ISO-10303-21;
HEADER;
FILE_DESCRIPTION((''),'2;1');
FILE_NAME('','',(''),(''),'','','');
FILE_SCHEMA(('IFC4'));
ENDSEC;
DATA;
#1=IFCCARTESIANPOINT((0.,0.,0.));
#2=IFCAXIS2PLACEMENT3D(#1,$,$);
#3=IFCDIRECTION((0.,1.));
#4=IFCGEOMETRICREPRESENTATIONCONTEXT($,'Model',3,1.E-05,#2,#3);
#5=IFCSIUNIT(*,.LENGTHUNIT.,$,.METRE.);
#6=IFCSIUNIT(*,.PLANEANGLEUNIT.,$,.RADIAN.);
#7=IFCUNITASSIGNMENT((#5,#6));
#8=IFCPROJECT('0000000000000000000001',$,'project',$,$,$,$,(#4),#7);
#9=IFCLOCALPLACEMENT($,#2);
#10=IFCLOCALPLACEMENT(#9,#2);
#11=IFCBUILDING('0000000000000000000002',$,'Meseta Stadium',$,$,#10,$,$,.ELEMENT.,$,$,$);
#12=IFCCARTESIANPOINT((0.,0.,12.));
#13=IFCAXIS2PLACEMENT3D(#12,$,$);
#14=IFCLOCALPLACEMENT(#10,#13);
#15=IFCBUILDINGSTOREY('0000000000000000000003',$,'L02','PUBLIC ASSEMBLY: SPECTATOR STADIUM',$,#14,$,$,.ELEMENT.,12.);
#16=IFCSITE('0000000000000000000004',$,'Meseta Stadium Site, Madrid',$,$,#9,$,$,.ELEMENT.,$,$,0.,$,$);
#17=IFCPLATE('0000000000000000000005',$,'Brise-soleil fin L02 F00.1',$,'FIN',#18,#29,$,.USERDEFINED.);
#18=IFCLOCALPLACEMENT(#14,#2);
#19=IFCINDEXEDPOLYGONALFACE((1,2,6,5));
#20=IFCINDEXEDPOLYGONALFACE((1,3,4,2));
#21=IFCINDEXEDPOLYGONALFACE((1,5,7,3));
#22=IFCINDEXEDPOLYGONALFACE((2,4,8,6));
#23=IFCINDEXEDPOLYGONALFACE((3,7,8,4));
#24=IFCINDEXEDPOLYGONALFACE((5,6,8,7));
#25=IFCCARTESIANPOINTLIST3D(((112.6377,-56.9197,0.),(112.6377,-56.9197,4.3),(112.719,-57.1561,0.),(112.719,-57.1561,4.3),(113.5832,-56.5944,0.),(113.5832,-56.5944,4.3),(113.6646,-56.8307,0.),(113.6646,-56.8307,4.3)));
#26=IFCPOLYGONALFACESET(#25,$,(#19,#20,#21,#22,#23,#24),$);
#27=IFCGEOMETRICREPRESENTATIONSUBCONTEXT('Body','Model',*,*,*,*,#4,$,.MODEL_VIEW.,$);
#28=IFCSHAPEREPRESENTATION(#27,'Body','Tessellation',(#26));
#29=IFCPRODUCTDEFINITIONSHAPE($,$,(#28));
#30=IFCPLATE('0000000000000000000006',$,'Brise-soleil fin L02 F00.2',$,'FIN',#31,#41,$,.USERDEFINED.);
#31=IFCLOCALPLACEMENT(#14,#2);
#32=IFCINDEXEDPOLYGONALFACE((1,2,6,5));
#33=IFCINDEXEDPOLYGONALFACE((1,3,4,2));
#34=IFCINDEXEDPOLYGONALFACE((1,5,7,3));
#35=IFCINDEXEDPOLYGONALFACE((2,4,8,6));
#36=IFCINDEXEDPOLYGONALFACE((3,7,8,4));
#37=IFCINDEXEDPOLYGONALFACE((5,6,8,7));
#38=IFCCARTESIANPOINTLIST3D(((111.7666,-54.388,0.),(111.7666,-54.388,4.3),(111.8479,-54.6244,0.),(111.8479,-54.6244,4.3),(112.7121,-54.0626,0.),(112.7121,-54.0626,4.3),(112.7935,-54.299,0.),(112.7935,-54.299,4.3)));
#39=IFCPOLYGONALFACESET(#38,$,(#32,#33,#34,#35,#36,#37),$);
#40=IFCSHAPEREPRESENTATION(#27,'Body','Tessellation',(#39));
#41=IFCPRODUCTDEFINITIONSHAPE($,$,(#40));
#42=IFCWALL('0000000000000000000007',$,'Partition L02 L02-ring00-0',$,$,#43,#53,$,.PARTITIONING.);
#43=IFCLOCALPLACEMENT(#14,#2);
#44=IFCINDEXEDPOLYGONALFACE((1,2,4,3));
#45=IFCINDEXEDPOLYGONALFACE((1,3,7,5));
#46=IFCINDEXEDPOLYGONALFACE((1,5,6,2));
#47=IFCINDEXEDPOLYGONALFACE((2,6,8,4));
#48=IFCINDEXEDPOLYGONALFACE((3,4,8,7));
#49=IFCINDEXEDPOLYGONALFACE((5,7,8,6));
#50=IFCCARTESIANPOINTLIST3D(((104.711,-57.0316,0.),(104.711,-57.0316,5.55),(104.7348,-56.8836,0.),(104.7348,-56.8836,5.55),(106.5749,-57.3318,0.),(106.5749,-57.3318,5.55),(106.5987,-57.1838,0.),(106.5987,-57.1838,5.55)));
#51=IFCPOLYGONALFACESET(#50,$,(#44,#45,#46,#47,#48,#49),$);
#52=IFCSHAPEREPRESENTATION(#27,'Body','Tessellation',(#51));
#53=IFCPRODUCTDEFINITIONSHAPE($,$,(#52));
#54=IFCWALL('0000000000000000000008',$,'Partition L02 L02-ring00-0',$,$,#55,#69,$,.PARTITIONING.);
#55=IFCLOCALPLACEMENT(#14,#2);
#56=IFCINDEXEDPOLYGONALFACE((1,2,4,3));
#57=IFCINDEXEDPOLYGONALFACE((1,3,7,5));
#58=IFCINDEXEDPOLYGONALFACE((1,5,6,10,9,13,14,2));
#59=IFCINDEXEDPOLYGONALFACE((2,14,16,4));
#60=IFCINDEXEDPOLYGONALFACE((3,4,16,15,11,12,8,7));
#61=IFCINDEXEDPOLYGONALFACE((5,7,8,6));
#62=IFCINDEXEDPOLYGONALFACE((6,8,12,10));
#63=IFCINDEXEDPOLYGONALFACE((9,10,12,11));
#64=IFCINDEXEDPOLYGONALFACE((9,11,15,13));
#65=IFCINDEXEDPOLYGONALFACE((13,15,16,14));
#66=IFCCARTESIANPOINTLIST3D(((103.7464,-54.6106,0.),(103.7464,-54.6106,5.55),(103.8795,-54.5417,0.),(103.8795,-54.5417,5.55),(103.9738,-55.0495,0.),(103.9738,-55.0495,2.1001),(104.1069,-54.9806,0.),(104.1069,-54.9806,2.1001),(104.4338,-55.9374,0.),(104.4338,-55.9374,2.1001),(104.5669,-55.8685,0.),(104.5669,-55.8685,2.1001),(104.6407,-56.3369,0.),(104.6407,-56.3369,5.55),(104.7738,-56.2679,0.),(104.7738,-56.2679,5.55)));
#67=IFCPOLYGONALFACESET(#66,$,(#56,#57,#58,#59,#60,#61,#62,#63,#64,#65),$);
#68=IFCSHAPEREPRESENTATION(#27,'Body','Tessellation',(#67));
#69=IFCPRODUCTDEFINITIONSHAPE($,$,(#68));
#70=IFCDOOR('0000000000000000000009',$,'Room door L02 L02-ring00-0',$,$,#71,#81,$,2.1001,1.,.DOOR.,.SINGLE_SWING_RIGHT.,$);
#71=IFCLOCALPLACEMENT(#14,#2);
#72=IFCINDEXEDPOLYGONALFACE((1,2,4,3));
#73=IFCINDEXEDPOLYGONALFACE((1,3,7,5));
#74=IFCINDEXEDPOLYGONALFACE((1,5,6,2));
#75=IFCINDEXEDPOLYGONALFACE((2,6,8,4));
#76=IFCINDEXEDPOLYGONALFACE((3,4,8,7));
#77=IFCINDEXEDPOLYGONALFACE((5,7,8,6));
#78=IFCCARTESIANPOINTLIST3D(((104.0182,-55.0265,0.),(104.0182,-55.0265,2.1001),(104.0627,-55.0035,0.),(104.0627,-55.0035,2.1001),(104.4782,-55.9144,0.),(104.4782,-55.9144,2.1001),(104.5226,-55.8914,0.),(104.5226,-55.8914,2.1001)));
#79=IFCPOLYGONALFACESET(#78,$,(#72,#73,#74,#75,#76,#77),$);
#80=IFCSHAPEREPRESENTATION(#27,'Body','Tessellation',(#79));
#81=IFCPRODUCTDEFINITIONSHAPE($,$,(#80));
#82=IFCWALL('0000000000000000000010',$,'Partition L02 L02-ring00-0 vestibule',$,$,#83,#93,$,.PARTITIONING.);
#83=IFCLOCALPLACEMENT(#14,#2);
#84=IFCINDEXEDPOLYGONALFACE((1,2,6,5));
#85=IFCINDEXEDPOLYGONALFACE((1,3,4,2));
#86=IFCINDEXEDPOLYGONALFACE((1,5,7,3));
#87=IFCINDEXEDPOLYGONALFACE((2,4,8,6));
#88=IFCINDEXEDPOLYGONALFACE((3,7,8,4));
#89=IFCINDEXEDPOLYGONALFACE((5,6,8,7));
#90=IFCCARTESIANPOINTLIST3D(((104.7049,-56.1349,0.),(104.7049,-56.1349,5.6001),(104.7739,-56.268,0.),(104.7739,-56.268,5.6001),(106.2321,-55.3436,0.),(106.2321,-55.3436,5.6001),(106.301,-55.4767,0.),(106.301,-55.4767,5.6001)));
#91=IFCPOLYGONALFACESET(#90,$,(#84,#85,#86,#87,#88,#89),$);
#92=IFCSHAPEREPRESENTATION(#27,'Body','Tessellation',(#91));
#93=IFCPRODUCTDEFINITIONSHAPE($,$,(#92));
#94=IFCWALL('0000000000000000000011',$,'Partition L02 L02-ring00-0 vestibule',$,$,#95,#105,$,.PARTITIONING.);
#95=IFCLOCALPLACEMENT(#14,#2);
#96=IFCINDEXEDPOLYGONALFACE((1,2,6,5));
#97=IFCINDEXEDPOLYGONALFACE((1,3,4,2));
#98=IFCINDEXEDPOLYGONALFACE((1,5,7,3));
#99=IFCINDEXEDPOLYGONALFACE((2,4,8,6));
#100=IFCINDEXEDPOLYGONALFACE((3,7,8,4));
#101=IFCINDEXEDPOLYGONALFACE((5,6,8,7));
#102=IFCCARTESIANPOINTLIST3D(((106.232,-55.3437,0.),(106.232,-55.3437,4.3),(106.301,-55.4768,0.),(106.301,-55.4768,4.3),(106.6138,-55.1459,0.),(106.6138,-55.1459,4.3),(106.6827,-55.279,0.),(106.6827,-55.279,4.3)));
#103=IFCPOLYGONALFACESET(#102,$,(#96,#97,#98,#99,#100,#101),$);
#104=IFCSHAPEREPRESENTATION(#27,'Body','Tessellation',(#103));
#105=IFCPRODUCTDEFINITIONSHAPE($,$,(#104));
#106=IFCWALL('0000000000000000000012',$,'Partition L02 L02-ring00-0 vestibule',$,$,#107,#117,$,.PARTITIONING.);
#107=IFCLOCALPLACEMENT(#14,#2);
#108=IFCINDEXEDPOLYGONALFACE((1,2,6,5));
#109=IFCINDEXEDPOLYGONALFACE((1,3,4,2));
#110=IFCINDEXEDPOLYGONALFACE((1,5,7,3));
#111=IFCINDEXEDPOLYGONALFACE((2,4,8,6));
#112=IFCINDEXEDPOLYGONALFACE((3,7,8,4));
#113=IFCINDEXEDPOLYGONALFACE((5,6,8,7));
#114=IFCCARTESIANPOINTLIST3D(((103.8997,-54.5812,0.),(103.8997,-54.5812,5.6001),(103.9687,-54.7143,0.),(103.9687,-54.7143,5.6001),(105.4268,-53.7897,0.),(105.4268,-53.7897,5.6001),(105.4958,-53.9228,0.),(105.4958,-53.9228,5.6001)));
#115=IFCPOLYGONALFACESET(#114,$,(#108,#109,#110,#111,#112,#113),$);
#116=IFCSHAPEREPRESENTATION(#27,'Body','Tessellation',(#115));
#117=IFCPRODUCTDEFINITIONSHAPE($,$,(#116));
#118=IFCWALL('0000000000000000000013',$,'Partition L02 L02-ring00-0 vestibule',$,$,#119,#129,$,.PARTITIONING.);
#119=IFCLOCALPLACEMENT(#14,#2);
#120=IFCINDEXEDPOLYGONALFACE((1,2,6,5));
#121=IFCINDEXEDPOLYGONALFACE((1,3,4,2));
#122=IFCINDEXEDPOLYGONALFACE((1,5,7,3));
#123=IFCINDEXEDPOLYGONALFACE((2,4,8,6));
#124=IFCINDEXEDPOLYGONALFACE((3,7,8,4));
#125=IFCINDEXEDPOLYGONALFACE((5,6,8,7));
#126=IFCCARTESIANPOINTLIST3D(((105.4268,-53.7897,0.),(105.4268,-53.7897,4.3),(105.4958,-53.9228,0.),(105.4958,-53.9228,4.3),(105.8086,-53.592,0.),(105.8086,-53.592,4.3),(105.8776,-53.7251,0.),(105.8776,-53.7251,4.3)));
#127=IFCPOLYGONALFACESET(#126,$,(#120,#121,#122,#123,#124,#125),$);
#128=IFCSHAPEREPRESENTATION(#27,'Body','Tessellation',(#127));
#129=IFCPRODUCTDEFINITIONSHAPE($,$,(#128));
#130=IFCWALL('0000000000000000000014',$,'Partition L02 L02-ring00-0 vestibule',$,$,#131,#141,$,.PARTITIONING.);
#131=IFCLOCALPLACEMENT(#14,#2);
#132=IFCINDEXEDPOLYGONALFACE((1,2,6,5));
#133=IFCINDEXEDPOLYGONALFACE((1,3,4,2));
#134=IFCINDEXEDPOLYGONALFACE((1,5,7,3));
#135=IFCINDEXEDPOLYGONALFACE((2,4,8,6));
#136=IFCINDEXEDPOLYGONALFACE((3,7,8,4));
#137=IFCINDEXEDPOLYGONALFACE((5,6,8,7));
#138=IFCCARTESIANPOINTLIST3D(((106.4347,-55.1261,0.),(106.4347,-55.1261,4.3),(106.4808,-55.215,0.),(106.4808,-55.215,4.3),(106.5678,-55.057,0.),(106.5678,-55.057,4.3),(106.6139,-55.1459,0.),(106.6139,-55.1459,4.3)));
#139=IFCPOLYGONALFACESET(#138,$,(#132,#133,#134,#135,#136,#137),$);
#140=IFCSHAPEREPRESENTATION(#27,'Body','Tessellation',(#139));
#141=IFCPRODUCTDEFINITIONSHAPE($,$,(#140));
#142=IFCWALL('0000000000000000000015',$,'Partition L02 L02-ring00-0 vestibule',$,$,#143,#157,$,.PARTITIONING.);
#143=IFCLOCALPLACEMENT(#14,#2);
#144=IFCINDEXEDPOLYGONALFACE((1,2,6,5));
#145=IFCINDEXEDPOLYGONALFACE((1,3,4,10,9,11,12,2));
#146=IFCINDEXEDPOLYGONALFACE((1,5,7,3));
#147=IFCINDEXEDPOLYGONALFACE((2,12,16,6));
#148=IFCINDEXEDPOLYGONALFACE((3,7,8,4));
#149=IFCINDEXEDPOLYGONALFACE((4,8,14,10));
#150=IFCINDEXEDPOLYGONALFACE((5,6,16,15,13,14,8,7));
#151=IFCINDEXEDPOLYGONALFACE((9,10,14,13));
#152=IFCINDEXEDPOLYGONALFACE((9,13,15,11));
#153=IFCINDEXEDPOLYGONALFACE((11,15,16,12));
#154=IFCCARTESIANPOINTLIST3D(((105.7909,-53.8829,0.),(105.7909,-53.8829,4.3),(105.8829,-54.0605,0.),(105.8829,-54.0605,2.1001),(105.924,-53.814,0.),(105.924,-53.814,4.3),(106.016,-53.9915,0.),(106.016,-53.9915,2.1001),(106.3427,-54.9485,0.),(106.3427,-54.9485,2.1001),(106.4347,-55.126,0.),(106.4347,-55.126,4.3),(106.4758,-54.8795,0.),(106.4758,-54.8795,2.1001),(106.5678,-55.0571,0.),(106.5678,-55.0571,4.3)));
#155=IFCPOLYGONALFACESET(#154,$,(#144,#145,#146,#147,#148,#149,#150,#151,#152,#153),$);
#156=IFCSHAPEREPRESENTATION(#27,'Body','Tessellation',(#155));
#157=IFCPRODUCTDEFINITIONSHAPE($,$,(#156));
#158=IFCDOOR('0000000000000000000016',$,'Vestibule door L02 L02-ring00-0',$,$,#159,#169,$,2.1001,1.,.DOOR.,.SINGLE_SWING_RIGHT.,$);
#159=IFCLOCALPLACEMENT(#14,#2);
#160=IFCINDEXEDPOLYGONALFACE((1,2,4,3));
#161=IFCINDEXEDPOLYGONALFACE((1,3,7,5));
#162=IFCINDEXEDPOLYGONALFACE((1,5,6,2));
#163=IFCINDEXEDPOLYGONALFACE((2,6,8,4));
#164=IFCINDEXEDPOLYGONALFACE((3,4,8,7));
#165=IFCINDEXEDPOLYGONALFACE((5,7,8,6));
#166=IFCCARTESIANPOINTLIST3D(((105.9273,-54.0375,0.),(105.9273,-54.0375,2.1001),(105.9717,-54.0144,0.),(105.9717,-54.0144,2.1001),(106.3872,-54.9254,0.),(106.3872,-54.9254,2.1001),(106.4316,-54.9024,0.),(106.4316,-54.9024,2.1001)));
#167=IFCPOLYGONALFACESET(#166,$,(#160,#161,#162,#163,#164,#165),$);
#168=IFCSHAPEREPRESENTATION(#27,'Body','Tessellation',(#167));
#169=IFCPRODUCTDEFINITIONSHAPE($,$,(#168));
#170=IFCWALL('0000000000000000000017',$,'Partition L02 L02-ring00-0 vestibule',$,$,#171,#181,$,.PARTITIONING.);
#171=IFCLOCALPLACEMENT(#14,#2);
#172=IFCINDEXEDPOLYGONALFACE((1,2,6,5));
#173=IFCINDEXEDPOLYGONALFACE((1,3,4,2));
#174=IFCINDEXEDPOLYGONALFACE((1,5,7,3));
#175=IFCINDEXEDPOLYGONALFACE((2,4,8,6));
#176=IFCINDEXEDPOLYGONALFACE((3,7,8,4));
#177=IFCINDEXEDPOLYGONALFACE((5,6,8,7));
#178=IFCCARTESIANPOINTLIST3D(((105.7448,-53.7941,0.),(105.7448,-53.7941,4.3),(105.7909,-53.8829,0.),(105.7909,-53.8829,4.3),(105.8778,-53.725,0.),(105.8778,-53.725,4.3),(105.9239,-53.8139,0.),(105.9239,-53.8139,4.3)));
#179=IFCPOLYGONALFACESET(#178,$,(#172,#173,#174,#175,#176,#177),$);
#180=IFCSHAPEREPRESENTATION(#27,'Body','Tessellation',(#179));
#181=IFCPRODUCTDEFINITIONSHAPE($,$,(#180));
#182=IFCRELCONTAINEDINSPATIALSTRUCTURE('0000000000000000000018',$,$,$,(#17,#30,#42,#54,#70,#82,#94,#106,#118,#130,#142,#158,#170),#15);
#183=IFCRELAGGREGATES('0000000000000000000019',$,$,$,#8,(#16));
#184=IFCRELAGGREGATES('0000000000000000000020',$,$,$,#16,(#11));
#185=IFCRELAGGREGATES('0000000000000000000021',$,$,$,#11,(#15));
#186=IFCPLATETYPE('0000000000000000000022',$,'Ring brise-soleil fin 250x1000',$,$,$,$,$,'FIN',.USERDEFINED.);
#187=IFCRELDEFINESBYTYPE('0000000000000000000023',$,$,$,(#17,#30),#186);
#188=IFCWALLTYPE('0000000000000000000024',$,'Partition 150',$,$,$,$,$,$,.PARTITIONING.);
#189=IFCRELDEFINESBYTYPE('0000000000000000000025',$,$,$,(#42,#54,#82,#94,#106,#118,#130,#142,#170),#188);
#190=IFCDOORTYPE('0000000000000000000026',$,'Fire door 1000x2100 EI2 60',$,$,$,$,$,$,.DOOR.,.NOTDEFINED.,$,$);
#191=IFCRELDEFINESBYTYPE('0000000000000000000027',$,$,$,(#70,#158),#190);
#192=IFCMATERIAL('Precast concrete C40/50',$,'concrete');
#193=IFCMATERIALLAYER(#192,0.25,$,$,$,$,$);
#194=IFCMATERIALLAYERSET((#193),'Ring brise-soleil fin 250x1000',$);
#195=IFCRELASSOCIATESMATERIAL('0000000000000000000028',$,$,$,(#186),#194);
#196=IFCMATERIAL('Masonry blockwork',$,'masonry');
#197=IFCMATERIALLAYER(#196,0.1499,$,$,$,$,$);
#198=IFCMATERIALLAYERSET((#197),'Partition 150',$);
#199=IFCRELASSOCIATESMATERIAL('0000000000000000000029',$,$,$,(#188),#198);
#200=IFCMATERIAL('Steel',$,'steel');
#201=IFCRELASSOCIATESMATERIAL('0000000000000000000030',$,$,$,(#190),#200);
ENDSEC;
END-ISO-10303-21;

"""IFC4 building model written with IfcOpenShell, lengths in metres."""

from ifc_helpers import new_model, si_unit, direction, frame, frame_2d, origin, origin_2d, place, context, subcontext, project, spatial, rectangle, extrude, material, layer, layer_set, type_object, element, fill, save


model = new_model("IFC4")

# Units and contexts
model_context = context("Model", 3, precision=1e-05, world=origin(), true_north=direction((0.0, 1.0)))
body_context = subcontext(model_context, "Body", "Model", "MODEL_VIEW")
ifc_project = project(units=[si_unit("LENGTHUNIT", "METRE"), si_unit("PLANEANGLEUNIT", "RADIAN")], contexts=[model_context])

# Site, building, storey
site_placement = place(None, origin())
site = spatial("IfcSite", under=ifc_project, at=site_placement, Name="Meseta Stadium Site, Madrid", CompositionType="ELEMENT", RefElevation=0.0)
building_placement = place(site_placement, origin())
building = spatial("IfcBuilding", under=site, at=building_placement, Name="Meseta Stadium", CompositionType="ELEMENT")
storey_placement = place(building_placement, frame((0.0, 0.0, 12.0)))
storey = spatial("IfcBuildingStorey", under=building, at=storey_placement, Name="L02", Description="PUBLIC ASSEMBLY: SPECTATOR STADIUM", CompositionType="ELEMENT", Elevation=12.0)

# Plates
ifc_material_1 = material(Name="Precast concrete C40/50", Category="concrete")
ifc_layer_1 = layer(ifc_material_1, 0.25)
ifc_layer_set_1 = layer_set([ifc_layer_1], Name="Ring brise-soleil fin 250x1000")
plate_type_1 = type_object("IfcPlateType", Name="Ring brise-soleil fin 250x1000", ElementType="FIN", PredefinedType="USERDEFINED", material=ifc_layer_set_1)
for number, where, z_axis, x_axis, name in (
    (1, (113.1511, -56.8752, 0.0), (0.0, 0.0, 1.0), (-0.325393, 0.945579, 0.0), "Brise-soleil fin L02 F00.1"),
    (2, (112.28, -54.3435, 0.0), (0.0, 0.0, 1.0), (-0.325393, 0.945579, 0.0), "Brise-soleil fin L02 F00.2"),
):
    element("IfcPlate", number, at=place(storey_placement, frame(where, z_axis=z_axis, x_axis=x_axis)), inside=storey, type_object=plate_type_1, Name=name, ObjectType="FIN", PredefinedType="USERDEFINED", context=body_context, shape_type="SweptSolid", body=[
        extrude(rectangle(XDim=0.25, YDim=1.0, at=origin_2d()), origin(), (0.0, 0.0, 1.0), 4.3),
    ])

# Wall
ifc_material_2 = material(Name="Masonry blockwork", Category="masonry")
ifc_layer_2 = layer(ifc_material_2, 0.1499)
ifc_layer_set_2 = layer_set([ifc_layer_2], Name="Partition 150")
wall_type = type_object("IfcWallType", Name="Partition 150", PredefinedType="PARTITIONING", material=ifc_layer_set_2)
wall_1_placement = place(storey_placement, frame((106.5867, -57.2578, 0.0), z_axis=(0.0, 0.0, 1.0), x_axis=(-0.987271, 0.159049, 0.0)))
element("IfcWall", 3, at=wall_1_placement, inside=storey, type_object=wall_type, Name="Partition L02 L02-ring00-0", PredefinedType="PARTITIONING", context=body_context, shape_type="SweptSolid", body=[
    extrude(rectangle(XDim=1.8879, YDim=0.1499, at=frame_2d((0.9438, 0.0))), origin(), (0.0, 0.0, 1.0), 5.55),
])

# Wall, opening, door
wall_2_placement = place(storey_placement, frame((104.7073, -56.3025, 0.0), z_axis=(0.0, 0.0, 1.0), x_axis=(-0.459976, 0.887931, 0.0)))
wall_2 = element("IfcWall", 4, at=wall_2_placement, inside=storey, type_object=wall_type, Name="Partition L02 L02-ring00-0", PredefinedType="PARTITIONING", context=body_context, shape_type="SweptSolid", body=[
    extrude(rectangle(XDim=1.9441, YDim=0.1499, at=frame_2d((0.9722, 0.0))), origin(), (0.0, 0.0, 1.0), 5.55),
])
opening_1_placement = place(wall_2_placement, frame((0.45, 0.0, 0.0)))
opening_1 = element("IfcOpeningElement", 5, at=opening_1_placement, cuts=wall_2, PredefinedType="OPENING", context=body_context, shape_type="SweptSolid", body=[
    extrude(rectangle(XDim=1.0, YDim=2.1001, at=frame_2d((0.5, 1.05))), frame((0.0, 0.085, 0.0), z_axis=(0.0, -1.0, 0.0), x_axis=(1.0, 0.0, 0.0)), (0.0, 0.0, 1.0), 0.1699),
])
ifc_material_3 = material(Name="Steel", Category="steel")
door_type = type_object("IfcDoorType", Name="Fire door 1000x2100 EI2 60", OperationType="NOTDEFINED", PredefinedType="DOOR", material=ifc_material_3)
door_1_placement = place(opening_1_placement, origin())
door_1 = element("IfcDoor", 6, at=door_1_placement, inside=storey, type_object=door_type, Name="Room door L02 L02-ring00-0", OperationType="SINGLE_SWING_RIGHT", OverallHeight=2.1001, OverallWidth=1.0, PredefinedType="DOOR", context=body_context, shape_type="SweptSolid", body=[
    extrude(rectangle(XDim=1.0, YDim=2.1001, at=frame_2d((0.5, 1.05))), frame((0.0, 0.0249, 0.0), z_axis=(0.0, -1.0, 0.0), x_axis=(1.0, 0.0, 0.0)), (0.0, 0.0, 1.0), 0.05),
])
fill(opening_1, door_1)

# Walls
wall_3_placement = place(storey_placement, frame((104.7395, -56.2014, 0.0), z_axis=(0.0, 0.0, 1.0), x_axis=(0.88789, 0.460056, 0.0)))
element("IfcWall", 7, at=wall_3_placement, inside=storey, type_object=wall_type, Name="Partition L02 L02-ring00-0 vestibule", PredefinedType="PARTITIONING", context=body_context, shape_type="SweptSolid", body=[
    extrude(rectangle(XDim=1.72, YDim=0.1499, at=frame_2d((0.8599, 0.0))), origin(), (0.0, 0.0, 1.0), 5.6001),
])
wall_4_placement = place(storey_placement, frame((106.2666, -55.4102, 0.0), z_axis=(0.0, 0.0, 1.0), x_axis=(0.887978, 0.459886, 0.0)))
element("IfcWall", 8, at=wall_4_placement, inside=storey, type_object=wall_type, Name="Partition L02 L02-ring00-0 vestibule", PredefinedType="PARTITIONING", context=body_context, shape_type="SweptSolid", body=[
    extrude(rectangle(XDim=0.4299, YDim=0.1499, at=frame_2d((0.2148, 0.0))), origin(), (0.0, 0.0, 1.0), 4.3),
])
wall_5_placement = place(storey_placement, frame((103.9343, -54.6477, 0.0), z_axis=(0.0, 0.0, 1.0), x_axis=(0.887832, 0.460168, 0.0)))
element("IfcWall", 9, at=wall_5_placement, inside=storey, type_object=wall_type, Name="Partition L02 L02-ring00-0 vestibule", PredefinedType="PARTITIONING", context=body_context, shape_type="SweptSolid", body=[
    extrude(rectangle(XDim=1.72, YDim=0.1499, at=frame_2d((0.8599, 0.0))), origin(), (0.0, 0.0, 1.0), 5.6001),
])
wall_6_placement = place(storey_placement, frame((105.4614, -53.8562, 0.0), z_axis=(0.0, 0.0, 1.0), x_axis=(0.887978, 0.459886, 0.0)))
element("IfcWall", 10, at=wall_6_placement, inside=storey, type_object=wall_type, Name="Partition L02 L02-ring00-0 vestibule", PredefinedType="PARTITIONING", context=body_context, shape_type="SweptSolid", body=[
    extrude(rectangle(XDim=0.4299, YDim=0.1499, at=frame_2d((0.2148, 0.0))), origin(), (0.0, 0.0, 1.0), 4.3),
])
wall_7_placement = place(storey_placement, frame((106.5474, -55.1804, 0.0), z_axis=(0.0, 0.0, 1.0), x_axis=(-0.460815, 0.887496, 0.0)))
element("IfcWall", 11, at=wall_7_placement, inside=storey, type_object=wall_type, Name="Partition L02 L02-ring00-0 vestibule", PredefinedType="PARTITIONING", context=body_context, shape_type="SweptSolid", body=[
    extrude(rectangle(XDim=0.1001, YDim=0.1499, at=frame_2d((0.05, 0.0))), origin(), (0.0, 0.0, 1.0), 4.3),
])

# Wall, opening, door
wall_8_placement = place(storey_placement, frame((106.5012, -55.0916, 0.0), z_axis=(0.0, 0.0, 1.0), x_axis=(-0.459864, 0.887989, 0.0)))
wall_8 = element("IfcWall", 12, at=wall_8_placement, inside=storey, type_object=wall_type, Name="Partition L02 L02-ring00-0 vestibule", PredefinedType="PARTITIONING", context=body_context, shape_type="SweptSolid", body=[
    extrude(rectangle(XDim=1.3999, YDim=0.1499, at=frame_2d((0.7, 0.0))), origin(), (0.0, 0.0, 1.0), 4.3),
])
opening_2_placement = place(wall_8_placement, frame((0.2, 0.0, 0.0)))
opening_2 = element("IfcOpeningElement", 13, at=opening_2_placement, cuts=wall_8, PredefinedType="OPENING", context=body_context, shape_type="SweptSolid", body=[
    extrude(rectangle(XDim=1.0, YDim=2.1001, at=frame_2d((0.5, 1.05))), frame((0.0, 0.085, 0.0), z_axis=(0.0, -1.0, 0.0), x_axis=(1.0, 0.0, 0.0)), (0.0, 0.0, 1.0), 0.1699),
])
door_2_placement = place(opening_2_placement, origin())
door_2 = element("IfcDoor", 14, at=door_2_placement, inside=storey, type_object=door_type, Name="Vestibule door L02 L02-ring00-0", OperationType="SINGLE_SWING_RIGHT", OverallHeight=2.1001, OverallWidth=1.0, PredefinedType="DOOR", context=body_context, shape_type="SweptSolid", body=[
    extrude(rectangle(XDim=1.0, YDim=2.1001, at=frame_2d((0.5, 1.05))), frame((0.0, 0.0249, 0.0), z_axis=(0.0, -1.0, 0.0), x_axis=(1.0, 0.0, 0.0)), (0.0, 0.0, 1.0), 0.05),
])
fill(opening_2, door_2)

# Wall
wall_9_placement = place(storey_placement, frame((105.8574, -53.8484, 0.0), z_axis=(0.0, 0.0, 1.0), x_axis=(-0.460815, 0.887496, 0.0)))
element("IfcWall", 15, at=wall_9_placement, inside=storey, type_object=wall_type, Name="Partition L02 L02-ring00-0 vestibule", PredefinedType="PARTITIONING", context=body_context, shape_type="SweptSolid", body=[
    extrude(rectangle(XDim=0.1001, YDim=0.1499, at=frame_2d((0.05, 0.0))), origin(), (0.0, 0.0, 1.0), 4.3),
])

save(model, "model.ifc")
